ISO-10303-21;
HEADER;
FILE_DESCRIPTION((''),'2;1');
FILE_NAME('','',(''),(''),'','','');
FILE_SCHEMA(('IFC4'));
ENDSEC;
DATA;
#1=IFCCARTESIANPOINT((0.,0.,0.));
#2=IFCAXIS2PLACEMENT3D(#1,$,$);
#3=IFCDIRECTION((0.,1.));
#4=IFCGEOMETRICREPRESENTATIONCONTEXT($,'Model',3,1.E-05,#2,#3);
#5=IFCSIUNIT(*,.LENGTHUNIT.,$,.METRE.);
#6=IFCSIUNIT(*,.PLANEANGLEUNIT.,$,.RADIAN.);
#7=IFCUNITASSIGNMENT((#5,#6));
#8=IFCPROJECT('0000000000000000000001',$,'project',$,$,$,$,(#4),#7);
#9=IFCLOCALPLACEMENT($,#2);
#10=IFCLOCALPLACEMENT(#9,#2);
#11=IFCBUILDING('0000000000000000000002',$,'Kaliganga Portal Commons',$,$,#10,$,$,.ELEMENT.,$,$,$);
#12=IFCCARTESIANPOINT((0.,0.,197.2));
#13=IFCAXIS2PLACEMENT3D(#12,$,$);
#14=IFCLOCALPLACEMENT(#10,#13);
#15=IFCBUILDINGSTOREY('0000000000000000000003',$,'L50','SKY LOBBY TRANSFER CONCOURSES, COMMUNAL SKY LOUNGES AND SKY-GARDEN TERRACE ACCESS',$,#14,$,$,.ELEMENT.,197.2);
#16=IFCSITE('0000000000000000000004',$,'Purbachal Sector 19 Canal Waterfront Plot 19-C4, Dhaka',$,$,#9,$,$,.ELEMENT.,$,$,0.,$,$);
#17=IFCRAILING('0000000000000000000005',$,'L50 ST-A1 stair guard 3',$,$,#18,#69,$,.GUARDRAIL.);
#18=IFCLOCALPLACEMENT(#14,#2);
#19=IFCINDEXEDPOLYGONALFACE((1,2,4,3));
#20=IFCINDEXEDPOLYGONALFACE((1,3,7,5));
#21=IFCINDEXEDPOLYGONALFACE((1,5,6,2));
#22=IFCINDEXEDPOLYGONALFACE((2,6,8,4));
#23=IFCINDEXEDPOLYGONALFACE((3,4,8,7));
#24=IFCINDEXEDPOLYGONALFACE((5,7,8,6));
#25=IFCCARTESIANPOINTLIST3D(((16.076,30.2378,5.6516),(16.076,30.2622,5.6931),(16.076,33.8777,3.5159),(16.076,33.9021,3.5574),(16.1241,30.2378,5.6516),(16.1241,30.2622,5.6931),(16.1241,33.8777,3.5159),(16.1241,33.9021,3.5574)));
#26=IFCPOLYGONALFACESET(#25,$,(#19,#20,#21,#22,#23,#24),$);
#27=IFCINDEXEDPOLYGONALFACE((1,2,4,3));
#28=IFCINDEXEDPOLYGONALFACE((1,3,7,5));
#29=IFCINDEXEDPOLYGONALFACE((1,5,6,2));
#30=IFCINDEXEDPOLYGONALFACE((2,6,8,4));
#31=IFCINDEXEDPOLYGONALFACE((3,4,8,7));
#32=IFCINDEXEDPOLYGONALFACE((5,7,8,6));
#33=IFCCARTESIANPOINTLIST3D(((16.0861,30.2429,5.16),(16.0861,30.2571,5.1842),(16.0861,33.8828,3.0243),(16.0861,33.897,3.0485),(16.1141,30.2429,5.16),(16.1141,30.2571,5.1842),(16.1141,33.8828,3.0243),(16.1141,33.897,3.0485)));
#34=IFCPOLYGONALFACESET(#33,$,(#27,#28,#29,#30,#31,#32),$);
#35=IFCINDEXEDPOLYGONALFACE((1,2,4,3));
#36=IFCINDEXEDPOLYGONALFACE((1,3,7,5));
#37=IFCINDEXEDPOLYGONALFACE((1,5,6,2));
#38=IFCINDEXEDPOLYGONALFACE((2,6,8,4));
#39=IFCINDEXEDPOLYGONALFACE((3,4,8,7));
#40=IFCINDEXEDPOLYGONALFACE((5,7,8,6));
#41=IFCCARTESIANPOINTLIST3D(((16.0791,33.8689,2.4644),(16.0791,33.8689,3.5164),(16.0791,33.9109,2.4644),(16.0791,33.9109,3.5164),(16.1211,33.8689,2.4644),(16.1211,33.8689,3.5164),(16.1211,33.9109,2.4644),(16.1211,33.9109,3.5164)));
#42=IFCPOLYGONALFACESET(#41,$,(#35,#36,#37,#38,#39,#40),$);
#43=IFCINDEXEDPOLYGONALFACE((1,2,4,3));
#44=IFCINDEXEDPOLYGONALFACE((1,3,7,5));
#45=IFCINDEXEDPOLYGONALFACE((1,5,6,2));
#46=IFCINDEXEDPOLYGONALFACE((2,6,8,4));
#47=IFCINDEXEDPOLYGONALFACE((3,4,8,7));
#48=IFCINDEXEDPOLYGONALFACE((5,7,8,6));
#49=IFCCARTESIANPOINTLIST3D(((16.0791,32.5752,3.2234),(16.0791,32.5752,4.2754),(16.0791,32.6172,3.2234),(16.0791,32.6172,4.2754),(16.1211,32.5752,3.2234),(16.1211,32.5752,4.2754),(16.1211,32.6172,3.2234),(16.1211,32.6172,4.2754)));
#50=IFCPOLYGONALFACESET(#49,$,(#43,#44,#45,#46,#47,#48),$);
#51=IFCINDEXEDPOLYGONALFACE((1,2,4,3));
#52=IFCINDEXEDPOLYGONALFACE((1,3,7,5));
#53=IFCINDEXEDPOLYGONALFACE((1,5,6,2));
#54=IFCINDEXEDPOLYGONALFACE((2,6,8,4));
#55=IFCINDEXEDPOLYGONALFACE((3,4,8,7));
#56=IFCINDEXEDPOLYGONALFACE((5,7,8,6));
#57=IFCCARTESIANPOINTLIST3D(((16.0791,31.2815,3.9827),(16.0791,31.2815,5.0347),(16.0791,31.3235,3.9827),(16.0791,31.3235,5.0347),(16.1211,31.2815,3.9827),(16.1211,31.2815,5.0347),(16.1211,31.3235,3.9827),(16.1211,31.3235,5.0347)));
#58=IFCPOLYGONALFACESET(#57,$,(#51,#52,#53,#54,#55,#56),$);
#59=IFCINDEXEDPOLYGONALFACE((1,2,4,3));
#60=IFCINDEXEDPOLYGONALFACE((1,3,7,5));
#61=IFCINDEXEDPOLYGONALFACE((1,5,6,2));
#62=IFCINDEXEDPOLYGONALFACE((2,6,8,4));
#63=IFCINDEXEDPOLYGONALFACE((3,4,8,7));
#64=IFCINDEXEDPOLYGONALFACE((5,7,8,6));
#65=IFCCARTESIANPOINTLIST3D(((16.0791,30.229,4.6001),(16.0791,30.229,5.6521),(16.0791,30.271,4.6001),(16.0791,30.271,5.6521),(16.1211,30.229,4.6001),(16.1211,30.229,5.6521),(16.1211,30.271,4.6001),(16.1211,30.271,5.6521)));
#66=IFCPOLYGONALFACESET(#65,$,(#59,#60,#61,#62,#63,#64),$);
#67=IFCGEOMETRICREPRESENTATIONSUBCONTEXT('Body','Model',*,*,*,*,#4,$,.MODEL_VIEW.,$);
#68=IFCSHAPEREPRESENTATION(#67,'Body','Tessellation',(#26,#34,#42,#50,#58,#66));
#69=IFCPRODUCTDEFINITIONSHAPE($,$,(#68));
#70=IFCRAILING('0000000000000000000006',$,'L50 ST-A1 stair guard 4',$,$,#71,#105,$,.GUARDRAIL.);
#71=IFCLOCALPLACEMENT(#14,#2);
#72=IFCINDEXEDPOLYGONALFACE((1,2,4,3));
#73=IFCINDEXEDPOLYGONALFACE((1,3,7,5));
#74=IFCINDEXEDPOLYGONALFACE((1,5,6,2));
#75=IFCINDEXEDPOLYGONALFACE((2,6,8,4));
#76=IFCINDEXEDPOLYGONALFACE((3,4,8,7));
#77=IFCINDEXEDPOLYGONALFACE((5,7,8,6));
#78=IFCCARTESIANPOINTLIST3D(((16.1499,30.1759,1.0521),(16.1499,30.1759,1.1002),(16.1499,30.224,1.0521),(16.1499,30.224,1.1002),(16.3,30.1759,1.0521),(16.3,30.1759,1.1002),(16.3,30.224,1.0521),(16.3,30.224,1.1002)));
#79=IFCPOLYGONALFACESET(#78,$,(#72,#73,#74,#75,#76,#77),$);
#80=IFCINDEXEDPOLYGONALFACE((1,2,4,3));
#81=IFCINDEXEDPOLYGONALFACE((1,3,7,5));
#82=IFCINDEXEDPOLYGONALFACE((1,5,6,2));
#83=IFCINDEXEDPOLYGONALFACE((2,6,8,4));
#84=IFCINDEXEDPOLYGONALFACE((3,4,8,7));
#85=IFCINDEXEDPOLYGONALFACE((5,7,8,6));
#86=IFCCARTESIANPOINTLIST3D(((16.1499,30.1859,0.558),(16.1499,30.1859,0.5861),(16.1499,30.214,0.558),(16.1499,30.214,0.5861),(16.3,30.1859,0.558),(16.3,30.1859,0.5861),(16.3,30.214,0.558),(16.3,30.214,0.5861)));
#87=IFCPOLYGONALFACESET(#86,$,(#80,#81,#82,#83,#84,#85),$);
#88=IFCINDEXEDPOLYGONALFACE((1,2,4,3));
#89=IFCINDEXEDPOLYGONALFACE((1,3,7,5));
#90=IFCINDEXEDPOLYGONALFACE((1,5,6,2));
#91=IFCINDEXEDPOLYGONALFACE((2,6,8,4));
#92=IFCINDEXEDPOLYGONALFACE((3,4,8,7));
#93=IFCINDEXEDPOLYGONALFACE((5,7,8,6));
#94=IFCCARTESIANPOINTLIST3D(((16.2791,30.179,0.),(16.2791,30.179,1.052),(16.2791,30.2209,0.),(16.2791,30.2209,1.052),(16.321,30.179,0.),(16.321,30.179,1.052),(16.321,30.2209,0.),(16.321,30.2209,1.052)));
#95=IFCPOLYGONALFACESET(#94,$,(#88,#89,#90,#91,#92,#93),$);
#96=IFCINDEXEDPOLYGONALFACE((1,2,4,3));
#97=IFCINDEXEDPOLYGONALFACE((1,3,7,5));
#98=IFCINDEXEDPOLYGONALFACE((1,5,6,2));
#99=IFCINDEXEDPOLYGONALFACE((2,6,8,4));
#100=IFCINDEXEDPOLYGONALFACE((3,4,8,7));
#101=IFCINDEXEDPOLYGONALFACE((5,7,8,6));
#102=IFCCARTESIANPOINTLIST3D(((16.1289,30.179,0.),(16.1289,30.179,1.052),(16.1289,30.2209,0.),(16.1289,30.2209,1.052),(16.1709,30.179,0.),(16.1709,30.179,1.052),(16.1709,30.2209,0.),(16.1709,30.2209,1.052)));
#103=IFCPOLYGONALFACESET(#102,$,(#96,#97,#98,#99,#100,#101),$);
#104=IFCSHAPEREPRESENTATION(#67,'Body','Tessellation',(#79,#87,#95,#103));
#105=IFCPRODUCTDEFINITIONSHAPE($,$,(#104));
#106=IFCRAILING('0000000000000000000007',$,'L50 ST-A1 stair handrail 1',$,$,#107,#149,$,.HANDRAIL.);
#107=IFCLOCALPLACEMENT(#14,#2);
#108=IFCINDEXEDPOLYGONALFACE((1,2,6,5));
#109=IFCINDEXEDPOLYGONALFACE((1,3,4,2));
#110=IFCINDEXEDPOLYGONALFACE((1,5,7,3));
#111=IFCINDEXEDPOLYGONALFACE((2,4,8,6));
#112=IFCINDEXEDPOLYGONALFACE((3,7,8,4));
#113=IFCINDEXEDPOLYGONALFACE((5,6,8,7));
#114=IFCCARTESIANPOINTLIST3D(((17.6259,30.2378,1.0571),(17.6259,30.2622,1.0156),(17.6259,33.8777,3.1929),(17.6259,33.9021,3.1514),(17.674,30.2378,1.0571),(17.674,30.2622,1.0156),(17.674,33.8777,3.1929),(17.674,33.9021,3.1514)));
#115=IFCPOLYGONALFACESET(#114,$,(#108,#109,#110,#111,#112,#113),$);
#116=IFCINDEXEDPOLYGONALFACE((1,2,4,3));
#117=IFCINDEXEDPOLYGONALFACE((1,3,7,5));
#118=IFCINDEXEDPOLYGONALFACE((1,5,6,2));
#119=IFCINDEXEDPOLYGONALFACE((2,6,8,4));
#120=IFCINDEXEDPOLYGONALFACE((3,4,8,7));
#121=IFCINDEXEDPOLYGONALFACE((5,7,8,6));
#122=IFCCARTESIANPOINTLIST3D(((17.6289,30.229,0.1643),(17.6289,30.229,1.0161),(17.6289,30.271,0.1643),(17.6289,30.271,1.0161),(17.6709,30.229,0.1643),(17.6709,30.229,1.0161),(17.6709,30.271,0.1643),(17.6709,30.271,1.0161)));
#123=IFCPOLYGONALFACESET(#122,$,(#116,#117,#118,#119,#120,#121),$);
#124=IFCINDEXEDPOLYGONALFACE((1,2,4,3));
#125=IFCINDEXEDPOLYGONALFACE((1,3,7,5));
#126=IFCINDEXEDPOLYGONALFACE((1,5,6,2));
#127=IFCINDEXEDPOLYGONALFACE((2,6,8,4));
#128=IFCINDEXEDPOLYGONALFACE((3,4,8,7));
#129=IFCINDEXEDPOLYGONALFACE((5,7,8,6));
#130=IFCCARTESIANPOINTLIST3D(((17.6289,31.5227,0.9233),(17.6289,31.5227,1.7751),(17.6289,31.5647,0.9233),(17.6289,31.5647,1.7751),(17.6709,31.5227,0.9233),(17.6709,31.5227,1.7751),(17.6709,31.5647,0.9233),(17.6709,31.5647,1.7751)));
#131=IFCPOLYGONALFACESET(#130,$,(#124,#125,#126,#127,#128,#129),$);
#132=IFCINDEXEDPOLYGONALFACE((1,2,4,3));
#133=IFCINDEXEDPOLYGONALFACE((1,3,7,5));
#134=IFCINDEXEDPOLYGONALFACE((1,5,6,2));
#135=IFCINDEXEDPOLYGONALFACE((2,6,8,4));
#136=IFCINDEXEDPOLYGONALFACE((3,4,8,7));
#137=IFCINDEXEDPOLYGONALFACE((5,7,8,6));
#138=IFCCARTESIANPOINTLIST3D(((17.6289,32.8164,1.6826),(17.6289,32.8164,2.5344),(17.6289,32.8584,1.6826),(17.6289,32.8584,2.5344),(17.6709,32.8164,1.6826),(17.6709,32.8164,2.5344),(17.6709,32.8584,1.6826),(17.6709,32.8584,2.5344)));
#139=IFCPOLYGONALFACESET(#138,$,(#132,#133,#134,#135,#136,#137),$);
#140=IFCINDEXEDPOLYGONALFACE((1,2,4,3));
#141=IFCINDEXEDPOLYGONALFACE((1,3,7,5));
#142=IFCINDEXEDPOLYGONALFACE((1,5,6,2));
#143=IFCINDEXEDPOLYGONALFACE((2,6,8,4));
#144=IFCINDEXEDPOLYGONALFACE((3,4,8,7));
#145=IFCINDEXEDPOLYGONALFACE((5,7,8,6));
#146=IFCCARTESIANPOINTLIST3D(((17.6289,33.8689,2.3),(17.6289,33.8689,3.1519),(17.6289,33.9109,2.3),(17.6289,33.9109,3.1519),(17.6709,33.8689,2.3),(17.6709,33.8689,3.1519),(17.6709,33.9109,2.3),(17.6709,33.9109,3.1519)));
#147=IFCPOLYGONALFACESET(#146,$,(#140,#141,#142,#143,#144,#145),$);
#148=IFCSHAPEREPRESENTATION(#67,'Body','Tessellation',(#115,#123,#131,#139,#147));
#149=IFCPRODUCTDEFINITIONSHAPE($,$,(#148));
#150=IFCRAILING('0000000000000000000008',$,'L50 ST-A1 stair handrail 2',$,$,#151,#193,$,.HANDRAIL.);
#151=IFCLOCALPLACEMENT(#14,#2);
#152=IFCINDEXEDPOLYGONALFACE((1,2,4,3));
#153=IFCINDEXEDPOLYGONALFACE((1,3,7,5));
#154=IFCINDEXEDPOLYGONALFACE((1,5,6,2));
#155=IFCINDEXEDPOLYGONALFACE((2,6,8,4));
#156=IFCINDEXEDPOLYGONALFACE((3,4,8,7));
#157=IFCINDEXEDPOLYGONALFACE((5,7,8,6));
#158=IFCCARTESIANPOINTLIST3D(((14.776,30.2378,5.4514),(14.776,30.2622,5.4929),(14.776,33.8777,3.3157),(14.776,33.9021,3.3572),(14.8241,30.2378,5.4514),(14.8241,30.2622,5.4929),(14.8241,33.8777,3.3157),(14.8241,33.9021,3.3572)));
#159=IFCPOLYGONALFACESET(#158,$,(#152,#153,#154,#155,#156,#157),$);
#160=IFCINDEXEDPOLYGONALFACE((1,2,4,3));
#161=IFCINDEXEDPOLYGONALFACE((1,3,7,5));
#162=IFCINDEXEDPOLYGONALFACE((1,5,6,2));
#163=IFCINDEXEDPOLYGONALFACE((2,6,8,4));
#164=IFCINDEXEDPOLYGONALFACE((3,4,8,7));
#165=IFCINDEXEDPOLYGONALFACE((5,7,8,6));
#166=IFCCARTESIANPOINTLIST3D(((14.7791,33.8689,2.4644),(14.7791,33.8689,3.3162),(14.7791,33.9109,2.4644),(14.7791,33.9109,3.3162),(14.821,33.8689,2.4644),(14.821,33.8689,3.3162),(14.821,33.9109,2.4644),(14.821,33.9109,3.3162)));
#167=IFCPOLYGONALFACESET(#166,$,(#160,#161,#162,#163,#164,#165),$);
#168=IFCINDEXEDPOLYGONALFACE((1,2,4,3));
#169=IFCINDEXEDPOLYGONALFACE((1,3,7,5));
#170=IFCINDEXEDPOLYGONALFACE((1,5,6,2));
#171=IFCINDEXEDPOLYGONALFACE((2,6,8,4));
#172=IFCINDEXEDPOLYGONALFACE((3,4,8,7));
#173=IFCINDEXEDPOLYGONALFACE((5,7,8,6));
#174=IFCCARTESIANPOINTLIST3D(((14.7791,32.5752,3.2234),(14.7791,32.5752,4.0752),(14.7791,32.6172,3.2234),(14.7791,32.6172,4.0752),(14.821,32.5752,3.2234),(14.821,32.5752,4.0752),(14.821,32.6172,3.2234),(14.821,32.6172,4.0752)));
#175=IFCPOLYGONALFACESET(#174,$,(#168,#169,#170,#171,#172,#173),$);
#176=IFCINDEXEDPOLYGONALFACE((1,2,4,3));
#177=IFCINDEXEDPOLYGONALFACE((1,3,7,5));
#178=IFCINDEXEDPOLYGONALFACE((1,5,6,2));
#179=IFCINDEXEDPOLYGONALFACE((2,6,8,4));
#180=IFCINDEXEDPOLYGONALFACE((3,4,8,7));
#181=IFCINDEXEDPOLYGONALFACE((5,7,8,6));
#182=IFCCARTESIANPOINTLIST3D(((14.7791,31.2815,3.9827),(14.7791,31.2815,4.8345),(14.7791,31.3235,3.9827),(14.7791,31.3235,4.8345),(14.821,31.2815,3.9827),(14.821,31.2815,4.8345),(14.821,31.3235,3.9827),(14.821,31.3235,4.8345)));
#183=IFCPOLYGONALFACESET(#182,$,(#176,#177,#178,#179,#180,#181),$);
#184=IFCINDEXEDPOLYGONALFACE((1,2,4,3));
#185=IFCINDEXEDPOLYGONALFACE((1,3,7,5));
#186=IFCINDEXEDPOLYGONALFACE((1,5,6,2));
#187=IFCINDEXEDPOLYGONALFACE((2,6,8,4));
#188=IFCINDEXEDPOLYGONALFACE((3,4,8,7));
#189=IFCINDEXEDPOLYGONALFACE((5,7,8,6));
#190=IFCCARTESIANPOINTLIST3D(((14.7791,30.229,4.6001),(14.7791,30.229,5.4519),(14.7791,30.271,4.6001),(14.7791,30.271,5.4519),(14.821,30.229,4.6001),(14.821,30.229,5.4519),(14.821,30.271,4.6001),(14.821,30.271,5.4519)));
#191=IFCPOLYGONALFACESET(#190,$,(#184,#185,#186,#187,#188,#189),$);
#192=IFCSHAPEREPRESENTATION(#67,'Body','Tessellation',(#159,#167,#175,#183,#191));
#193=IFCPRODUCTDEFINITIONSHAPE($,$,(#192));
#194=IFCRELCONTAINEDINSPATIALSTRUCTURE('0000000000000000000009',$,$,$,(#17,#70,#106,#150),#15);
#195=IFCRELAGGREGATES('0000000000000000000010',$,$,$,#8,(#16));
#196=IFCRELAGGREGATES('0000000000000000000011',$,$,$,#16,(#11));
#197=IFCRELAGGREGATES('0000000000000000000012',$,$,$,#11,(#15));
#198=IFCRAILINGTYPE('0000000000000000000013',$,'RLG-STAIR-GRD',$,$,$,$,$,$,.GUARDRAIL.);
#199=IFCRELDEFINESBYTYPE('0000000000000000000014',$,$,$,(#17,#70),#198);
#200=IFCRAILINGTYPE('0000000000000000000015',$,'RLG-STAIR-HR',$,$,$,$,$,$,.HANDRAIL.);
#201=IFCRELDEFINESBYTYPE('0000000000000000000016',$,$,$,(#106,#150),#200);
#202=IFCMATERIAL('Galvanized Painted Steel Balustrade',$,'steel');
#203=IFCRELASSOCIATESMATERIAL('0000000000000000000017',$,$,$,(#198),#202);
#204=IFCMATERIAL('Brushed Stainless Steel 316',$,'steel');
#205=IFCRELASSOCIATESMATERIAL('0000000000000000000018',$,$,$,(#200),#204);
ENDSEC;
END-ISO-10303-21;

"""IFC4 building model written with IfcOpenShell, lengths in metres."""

from ifc_helpers import new_model, si_unit, direction, frame, origin, origin_2d, place, context, subcontext, project, spatial, rectangle, extrude, material, type_object, element, save


model = new_model("IFC4")

# Units and contexts
model_context = context("Model", 3, precision=1e-05, world=origin(), true_north=direction((0.0, 1.0)))
body_context = subcontext(model_context, "Body", "Model", "MODEL_VIEW")
ifc_project = project(units=[si_unit("LENGTHUNIT", "METRE"), si_unit("PLANEANGLEUNIT", "RADIAN")], contexts=[model_context])

# Site, building, storey
site_placement = place(None, origin())
site = spatial("IfcSite", under=ifc_project, at=site_placement, Name="Purbachal Sector 19 Canal Waterfront Plot 19-C4, Dhaka", CompositionType="ELEMENT", RefElevation=0.0)
building_placement = place(site_placement, origin())
building = spatial("IfcBuilding", under=site, at=building_placement, Name="Kaliganga Portal Commons", CompositionType="ELEMENT")
storey_placement = place(building_placement, frame((0.0, 0.0, 197.2)))
storey = spatial("IfcBuildingStorey", under=building, at=storey_placement, Name="L50", Description="SKY LOBBY TRANSFER CONCOURSES, COMMUNAL SKY LOUNGES AND SKY-GARDEN TERRACE ACCESS", CompositionType="ELEMENT", Elevation=197.2)

# Railings
ifc_material_1 = material(Name="Galvanized Painted Steel Balustrade", Category="steel")
railing_type_1 = type_object("IfcRailingType", Name="RLG-STAIR-GRD", PredefinedType="GUARDRAIL", material=ifc_material_1)
railing_1_placement = place(storey_placement, frame((16.1001, 33.8899, 2.4644)))
element("IfcRailing", 1, at=railing_1_placement, inside=storey, type_object=railing_type_1, Name="L50 ST-A1 stair guard 3", PredefinedType="GUARDRAIL", context=body_context, shape_type="SweptSolid", body=[
    extrude(rectangle(XDim=0.0481, YDim=0.0481, at=origin_2d()), frame((0.0, 0.0, 1.0723), z_axis=(0.0, -0.86249, 0.506074), x_axis=(1.0, 0.0, 0.0)), (0.0, 0.0, 1.0), 4.2202),
    extrude(rectangle(XDim=0.0281, YDim=0.0281, at=origin_2d()), frame((0.0, 0.0, 0.572), z_axis=(0.0, -0.86249, 0.506074), x_axis=(1.0, 0.0, 0.0)), (0.0, 0.0, 1.0), 4.2202),
    extrude(rectangle(XDim=0.042, YDim=0.042, at=origin_2d()), origin(), (0.0, 0.0, 1.0), 1.052),
    extrude(rectangle(XDim=0.042, YDim=0.042, at=origin_2d()), frame((0.0, -1.2937, 0.759)), (0.0, 0.0, 1.0), 1.052),
    extrude(rectangle(XDim=0.042, YDim=0.042, at=origin_2d()), frame((0.0, -2.5874, 1.5183)), (0.0, 0.0, 1.0), 1.052),
    extrude(rectangle(XDim=0.042, YDim=0.042, at=origin_2d()), frame((0.0, -3.6399, 2.1357)), (0.0, 0.0, 1.0), 1.052),
])
railing_2_placement = place(storey_placement, frame((16.3, 30.2, 0.0)))
element("IfcRailing", 2, at=railing_2_placement, inside=storey, type_object=railing_type_1, Name="L50 ST-A1 stair guard 4", PredefinedType="GUARDRAIL", context=body_context, shape_type="SweptSolid", body=[
    extrude(rectangle(XDim=0.0481, YDim=0.0481, at=origin_2d()), frame((0.0, 0.0, 1.0762), z_axis=(-1.0, 0.0, 0.0), x_axis=(0.0, -1.0, 0.0)), (0.0, 0.0, 1.0), 0.1501),
    extrude(rectangle(XDim=0.0281, YDim=0.0281, at=origin_2d()), frame((0.0, 0.0, 0.572), z_axis=(-1.0, 0.0, 0.0), x_axis=(0.0, -1.0, 0.0)), (0.0, 0.0, 1.0), 0.1501),
    extrude(rectangle(XDim=0.042, YDim=0.042, at=origin_2d()), origin(), (0.0, 0.0, 1.0), 1.052),
    extrude(rectangle(XDim=0.042, YDim=0.042, at=origin_2d()), frame((-0.1501, 0.0, 0.0)), (0.0, 0.0, 1.0), 1.052),
])
ifc_material_2 = material(Name="Brushed Stainless Steel 316", Category="steel")
railing_type_2 = type_object("IfcRailingType", Name="RLG-STAIR-HR", PredefinedType="HANDRAIL", material=ifc_material_2)
railing_3_placement = place(storey_placement, frame((17.6499, 30.25, 0.1643)))
element("IfcRailing", 3, at=railing_3_placement, inside=storey, type_object=railing_type_2, Name="L50 ST-A1 stair handrail 1", PredefinedType="HANDRAIL", context=body_context, shape_type="SweptSolid", body=[
    extrude(rectangle(XDim=0.0481, YDim=0.0481, at=origin_2d()), frame((0.0, 0.0, 0.8721), z_axis=(0.0, 0.86249, 0.506074), x_axis=(-1.0, 0.0, 0.0)), (0.0, 0.0, 1.0), 4.2202),
    extrude(rectangle(XDim=0.042, YDim=0.042, at=origin_2d()), origin(), (0.0, 0.0, 1.0), 0.8518),
    extrude(rectangle(XDim=0.042, YDim=0.042, at=origin_2d()), frame((0.0, 1.2937, 0.759)), (0.0, 0.0, 1.0), 0.8518),
    extrude(rectangle(XDim=0.042, YDim=0.042, at=origin_2d()), frame((0.0, 2.5874, 1.5183)), (0.0, 0.0, 1.0), 0.8518),
    extrude(rectangle(XDim=0.042, YDim=0.042, at=origin_2d()), frame((0.0, 3.6399, 2.1357)), (0.0, 0.0, 1.0), 0.8518),
])
railing_4_placement = place(storey_placement, frame((14.8, 33.8899, 2.4644)))
element("IfcRailing", 4, at=railing_4_placement, inside=storey, type_object=railing_type_2, Name="L50 ST-A1 stair handrail 2", PredefinedType="HANDRAIL", context=body_context, shape_type="SweptSolid", body=[
    extrude(rectangle(XDim=0.0481, YDim=0.0481, at=origin_2d()), frame((0.0, 0.0, 0.8721), z_axis=(0.0, -0.86249, 0.506074), x_axis=(1.0, 0.0, 0.0)), (0.0, 0.0, 1.0), 4.2202),
    extrude(rectangle(XDim=0.042, YDim=0.042, at=origin_2d()), origin(), (0.0, 0.0, 1.0), 0.8518),
    extrude(rectangle(XDim=0.042, YDim=0.042, at=origin_2d()), frame((0.0, -1.2937, 0.759)), (0.0, 0.0, 1.0), 0.8518),
    extrude(rectangle(XDim=0.042, YDim=0.042, at=origin_2d()), frame((0.0, -2.5874, 1.5183)), (0.0, 0.0, 1.0), 0.8518),
    extrude(rectangle(XDim=0.042, YDim=0.042, at=origin_2d()), frame((0.0, -3.6399, 2.1357)), (0.0, 0.0, 1.0), 0.8518),
])

save(model, "model.ifc")
